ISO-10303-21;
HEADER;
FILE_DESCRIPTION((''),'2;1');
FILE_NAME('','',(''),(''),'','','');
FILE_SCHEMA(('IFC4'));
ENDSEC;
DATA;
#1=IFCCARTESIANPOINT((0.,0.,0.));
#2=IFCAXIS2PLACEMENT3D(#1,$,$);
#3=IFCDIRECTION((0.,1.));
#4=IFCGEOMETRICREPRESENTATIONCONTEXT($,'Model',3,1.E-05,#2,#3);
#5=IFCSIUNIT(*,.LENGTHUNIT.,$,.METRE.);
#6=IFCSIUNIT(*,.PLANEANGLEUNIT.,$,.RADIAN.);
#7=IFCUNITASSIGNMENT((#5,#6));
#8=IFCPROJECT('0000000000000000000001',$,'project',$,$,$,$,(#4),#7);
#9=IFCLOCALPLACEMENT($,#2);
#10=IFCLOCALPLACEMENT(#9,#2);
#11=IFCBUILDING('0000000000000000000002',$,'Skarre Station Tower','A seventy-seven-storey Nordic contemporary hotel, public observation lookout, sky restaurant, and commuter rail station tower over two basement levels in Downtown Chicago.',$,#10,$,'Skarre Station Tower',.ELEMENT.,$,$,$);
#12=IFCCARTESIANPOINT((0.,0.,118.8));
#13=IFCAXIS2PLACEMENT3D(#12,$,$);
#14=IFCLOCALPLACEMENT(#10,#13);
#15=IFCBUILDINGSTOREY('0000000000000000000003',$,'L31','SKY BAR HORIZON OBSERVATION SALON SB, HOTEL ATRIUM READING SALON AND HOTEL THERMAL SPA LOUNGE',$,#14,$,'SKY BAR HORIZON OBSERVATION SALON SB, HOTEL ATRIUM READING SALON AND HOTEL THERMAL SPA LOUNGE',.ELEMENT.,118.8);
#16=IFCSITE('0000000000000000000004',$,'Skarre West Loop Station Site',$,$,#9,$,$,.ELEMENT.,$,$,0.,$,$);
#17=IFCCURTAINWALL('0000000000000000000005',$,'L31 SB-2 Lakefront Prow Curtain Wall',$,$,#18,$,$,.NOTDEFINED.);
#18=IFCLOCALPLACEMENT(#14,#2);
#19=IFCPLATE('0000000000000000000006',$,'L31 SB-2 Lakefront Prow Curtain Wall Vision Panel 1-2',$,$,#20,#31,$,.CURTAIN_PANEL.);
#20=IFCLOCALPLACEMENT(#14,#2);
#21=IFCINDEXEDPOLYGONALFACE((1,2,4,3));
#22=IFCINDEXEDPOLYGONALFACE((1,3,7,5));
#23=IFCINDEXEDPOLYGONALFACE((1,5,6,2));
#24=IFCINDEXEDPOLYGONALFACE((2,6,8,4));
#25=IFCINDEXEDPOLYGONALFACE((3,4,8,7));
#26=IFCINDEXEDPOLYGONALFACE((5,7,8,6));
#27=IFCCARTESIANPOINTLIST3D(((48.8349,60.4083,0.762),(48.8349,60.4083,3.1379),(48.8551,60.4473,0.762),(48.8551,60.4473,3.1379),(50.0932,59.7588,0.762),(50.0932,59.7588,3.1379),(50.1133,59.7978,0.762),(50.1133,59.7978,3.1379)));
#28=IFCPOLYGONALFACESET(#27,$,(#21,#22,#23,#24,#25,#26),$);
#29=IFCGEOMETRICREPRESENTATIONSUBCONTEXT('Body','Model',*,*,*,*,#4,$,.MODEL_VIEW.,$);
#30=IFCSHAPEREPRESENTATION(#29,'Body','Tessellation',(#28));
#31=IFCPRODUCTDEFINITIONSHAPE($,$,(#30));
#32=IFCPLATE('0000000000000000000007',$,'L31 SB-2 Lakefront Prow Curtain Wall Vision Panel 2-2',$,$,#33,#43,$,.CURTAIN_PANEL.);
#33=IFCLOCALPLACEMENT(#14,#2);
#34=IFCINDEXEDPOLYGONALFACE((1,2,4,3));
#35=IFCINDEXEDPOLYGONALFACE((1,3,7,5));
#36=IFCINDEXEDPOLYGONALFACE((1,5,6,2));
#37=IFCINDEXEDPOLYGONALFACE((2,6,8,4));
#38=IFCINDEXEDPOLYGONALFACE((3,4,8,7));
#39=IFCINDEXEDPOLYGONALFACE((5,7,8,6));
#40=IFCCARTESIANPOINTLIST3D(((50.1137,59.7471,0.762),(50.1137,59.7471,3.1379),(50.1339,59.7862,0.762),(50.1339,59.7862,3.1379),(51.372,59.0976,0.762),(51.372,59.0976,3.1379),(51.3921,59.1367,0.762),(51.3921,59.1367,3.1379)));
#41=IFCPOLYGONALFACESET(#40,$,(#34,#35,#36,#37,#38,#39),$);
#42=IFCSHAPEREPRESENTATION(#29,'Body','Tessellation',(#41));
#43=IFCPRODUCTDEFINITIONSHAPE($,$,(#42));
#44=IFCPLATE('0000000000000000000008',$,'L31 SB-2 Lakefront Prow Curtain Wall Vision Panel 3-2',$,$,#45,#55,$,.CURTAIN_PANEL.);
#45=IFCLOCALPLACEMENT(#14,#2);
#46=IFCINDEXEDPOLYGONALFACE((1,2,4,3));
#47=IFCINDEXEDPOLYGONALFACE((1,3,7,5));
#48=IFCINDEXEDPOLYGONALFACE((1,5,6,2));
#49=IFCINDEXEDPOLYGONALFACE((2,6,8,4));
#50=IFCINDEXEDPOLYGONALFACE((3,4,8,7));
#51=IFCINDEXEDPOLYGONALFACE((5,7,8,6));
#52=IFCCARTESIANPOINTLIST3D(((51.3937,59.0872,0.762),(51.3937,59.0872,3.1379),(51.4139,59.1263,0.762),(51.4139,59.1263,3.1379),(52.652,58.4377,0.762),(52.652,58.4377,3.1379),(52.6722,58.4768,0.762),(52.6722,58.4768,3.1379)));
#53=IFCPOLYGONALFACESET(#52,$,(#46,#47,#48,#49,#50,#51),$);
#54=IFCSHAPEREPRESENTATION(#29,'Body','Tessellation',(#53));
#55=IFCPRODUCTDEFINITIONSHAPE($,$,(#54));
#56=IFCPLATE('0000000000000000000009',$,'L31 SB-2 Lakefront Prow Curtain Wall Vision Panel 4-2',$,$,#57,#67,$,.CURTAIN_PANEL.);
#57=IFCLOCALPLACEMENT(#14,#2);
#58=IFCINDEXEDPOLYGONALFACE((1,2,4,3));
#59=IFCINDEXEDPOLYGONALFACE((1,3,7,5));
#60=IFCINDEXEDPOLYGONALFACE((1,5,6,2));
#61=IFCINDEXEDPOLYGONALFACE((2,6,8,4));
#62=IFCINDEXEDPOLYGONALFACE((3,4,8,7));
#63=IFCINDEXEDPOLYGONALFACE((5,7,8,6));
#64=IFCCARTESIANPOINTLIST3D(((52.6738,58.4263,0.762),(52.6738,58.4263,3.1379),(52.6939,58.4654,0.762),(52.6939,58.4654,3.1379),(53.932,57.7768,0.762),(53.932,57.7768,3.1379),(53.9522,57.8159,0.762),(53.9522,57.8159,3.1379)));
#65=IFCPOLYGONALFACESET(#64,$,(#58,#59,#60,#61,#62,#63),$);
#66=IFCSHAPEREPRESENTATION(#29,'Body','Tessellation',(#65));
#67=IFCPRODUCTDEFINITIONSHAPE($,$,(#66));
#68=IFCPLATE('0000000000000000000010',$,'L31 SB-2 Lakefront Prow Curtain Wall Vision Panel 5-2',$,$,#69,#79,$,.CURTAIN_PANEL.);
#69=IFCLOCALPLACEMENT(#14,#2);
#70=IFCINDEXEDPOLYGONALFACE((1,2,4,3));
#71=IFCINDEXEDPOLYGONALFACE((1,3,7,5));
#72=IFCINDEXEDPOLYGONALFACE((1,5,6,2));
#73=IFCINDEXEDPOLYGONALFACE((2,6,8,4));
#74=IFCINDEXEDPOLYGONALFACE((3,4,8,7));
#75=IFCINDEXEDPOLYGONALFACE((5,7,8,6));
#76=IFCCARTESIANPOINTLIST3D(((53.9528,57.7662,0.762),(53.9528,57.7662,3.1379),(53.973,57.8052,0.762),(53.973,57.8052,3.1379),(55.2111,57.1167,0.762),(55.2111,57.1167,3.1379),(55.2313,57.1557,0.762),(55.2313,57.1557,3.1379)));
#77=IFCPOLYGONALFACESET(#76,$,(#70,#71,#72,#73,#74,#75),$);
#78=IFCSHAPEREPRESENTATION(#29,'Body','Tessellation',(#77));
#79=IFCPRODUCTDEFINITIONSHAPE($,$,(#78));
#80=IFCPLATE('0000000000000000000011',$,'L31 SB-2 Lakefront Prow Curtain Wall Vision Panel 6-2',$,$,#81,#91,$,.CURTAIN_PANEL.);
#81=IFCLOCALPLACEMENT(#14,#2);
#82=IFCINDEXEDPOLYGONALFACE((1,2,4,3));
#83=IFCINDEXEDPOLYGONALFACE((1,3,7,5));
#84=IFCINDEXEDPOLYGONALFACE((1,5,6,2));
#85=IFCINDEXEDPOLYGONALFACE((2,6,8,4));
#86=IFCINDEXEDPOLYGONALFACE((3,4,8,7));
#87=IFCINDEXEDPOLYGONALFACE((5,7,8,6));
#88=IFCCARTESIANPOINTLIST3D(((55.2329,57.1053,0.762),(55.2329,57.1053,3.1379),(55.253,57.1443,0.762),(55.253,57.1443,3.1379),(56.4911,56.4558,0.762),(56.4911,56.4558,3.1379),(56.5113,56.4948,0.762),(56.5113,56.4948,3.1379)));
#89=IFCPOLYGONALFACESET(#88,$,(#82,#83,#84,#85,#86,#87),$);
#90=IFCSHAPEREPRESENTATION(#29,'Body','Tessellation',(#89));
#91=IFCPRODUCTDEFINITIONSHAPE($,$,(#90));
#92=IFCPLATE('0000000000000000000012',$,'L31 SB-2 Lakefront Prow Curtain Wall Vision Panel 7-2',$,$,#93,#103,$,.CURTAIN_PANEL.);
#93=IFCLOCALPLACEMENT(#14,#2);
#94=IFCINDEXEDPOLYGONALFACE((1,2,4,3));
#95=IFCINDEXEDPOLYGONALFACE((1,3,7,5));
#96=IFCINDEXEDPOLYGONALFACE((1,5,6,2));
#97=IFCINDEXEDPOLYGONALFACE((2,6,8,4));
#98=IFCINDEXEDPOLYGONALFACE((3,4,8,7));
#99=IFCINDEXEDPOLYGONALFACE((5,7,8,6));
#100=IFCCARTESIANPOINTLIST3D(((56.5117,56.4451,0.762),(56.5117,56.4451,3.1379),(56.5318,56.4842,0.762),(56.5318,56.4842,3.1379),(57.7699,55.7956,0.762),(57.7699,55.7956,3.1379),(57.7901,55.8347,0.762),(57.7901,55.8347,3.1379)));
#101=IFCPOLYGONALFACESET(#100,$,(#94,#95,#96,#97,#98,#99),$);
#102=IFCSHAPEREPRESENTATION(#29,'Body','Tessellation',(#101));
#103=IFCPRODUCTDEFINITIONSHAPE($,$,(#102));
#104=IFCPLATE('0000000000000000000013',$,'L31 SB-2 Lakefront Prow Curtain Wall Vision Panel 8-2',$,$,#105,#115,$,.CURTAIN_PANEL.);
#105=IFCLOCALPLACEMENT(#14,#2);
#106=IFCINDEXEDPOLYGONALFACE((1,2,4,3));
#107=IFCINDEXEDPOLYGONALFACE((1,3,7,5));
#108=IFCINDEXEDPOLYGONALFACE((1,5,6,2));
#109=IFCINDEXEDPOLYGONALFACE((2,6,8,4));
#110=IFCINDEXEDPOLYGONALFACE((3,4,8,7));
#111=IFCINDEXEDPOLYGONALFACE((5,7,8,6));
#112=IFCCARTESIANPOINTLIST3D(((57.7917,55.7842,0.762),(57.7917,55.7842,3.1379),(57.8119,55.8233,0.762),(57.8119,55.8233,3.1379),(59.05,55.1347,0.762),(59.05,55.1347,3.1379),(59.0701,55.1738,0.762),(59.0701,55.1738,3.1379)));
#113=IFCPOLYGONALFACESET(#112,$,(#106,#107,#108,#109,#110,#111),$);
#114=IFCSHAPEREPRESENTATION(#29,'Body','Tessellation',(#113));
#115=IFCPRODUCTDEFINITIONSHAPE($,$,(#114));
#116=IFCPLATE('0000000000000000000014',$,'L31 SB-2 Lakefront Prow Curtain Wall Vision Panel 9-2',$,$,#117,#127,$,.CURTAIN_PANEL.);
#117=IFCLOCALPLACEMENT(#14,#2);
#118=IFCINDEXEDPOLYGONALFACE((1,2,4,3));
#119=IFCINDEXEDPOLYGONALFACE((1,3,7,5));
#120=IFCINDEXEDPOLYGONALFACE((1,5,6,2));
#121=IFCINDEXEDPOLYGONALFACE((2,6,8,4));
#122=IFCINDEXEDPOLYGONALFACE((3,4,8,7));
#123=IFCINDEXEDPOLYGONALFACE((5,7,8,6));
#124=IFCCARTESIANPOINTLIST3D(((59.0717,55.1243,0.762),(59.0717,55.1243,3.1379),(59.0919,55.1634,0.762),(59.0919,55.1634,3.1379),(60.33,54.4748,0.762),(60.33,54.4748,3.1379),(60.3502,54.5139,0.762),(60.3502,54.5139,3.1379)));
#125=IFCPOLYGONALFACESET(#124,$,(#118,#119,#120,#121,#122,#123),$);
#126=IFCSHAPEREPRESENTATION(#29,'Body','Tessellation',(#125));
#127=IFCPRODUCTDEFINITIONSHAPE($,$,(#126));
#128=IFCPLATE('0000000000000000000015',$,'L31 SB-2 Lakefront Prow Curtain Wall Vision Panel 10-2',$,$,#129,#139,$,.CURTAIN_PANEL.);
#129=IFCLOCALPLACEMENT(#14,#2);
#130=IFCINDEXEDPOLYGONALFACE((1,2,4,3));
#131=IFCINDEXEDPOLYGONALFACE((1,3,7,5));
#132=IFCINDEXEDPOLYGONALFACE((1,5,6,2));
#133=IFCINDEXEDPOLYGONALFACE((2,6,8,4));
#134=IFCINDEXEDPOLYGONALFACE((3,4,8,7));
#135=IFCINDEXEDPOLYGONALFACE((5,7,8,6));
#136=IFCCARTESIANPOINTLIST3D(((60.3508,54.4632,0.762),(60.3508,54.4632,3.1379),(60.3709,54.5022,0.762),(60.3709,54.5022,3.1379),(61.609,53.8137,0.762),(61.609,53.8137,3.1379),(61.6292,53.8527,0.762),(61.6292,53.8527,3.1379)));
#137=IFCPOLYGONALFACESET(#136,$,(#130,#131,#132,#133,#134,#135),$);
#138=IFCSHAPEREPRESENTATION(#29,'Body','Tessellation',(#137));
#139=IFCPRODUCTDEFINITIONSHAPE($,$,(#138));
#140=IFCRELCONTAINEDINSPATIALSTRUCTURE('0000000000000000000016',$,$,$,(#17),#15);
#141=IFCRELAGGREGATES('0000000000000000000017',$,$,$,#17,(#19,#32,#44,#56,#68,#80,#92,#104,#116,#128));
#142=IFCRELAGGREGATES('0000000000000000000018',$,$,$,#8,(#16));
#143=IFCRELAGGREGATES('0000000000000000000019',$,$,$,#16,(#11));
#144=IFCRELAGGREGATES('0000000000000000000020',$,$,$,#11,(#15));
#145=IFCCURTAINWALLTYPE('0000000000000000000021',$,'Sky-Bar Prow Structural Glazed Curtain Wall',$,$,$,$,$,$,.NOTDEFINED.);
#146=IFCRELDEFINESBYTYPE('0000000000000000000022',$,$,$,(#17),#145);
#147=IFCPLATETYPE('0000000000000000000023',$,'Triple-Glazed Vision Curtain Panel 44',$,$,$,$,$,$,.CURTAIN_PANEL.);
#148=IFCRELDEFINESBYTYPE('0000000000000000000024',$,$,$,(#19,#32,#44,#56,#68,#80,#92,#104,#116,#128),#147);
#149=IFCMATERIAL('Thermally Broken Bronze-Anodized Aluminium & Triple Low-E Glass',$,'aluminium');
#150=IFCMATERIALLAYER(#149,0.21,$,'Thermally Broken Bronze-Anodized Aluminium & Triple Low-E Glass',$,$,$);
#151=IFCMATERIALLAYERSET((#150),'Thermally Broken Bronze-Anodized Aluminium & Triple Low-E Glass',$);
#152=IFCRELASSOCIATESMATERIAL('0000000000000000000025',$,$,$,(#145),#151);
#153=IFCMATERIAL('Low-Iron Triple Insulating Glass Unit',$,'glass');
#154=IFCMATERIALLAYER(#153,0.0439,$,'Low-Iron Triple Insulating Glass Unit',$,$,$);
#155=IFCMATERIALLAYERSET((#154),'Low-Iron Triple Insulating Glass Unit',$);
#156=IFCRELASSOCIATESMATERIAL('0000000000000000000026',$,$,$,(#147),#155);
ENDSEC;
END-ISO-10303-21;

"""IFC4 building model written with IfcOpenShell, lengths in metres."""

from ifc_helpers import new_model, si_unit, direction, frame, origin, origin_2d, place, context, subcontext, project, spatial, rectangle, extrude, material, layer, layer_set, type_object, element, aggregate, save


model = new_model("IFC4")

# Units and contexts
model_context = context("Model", 3, precision=1e-05, world=origin(), true_north=direction((0.0, 1.0)))
body_context = subcontext(model_context, "Body", "Model", "MODEL_VIEW")
ifc_project = project(units=[si_unit("LENGTHUNIT", "METRE"), si_unit("PLANEANGLEUNIT", "RADIAN")], contexts=[model_context])

# Site, building, storey
site_placement = place(None, origin())
site = spatial("IfcSite", under=ifc_project, at=site_placement, Name="Skarre West Loop Station Site", CompositionType="ELEMENT", RefElevation=0.0)
building_placement = place(site_placement, origin())
building = spatial("IfcBuilding", under=site, at=building_placement, Name="Skarre Station Tower", Description="A seventy-seven-storey Nordic contemporary hotel, public observation lookout, sky restaurant, and commuter rail station tower over two basement levels in Downtown Chicago.", LongName="Skarre Station Tower", CompositionType="ELEMENT")
storey_placement = place(building_placement, frame((0.0, 0.0, 118.8)))
storey = spatial("IfcBuildingStorey", under=building, at=storey_placement, Name="L31", Description="SKY BAR HORIZON OBSERVATION SALON SB, HOTEL ATRIUM READING SALON AND HOTEL THERMAL SPA LOUNGE", LongName="SKY BAR HORIZON OBSERVATION SALON SB, HOTEL ATRIUM READING SALON AND HOTEL THERMAL SPA LOUNGE", CompositionType="ELEMENT", Elevation=118.8)

# Curtain wall, plates
ifc_material_1 = material(Name="Thermally Broken Bronze-Anodized Aluminium & Triple Low-E Glass", Category="aluminium")
ifc_layer_1 = layer(ifc_material_1, 0.21, Name="Thermally Broken Bronze-Anodized Aluminium & Triple Low-E Glass")
ifc_layer_set_1 = layer_set([ifc_layer_1], Name="Thermally Broken Bronze-Anodized Aluminium & Triple Low-E Glass")
curtain_wall_type = type_object("IfcCurtainWallType", Name="Sky-Bar Prow Structural Glazed Curtain Wall", PredefinedType="NOTDEFINED", material=ifc_layer_set_1)
curtain_wall_placement = place(storey_placement, origin())
curtain_wall = element("IfcCurtainWall", 1, at=curtain_wall_placement, inside=storey, type_object=curtain_wall_type, Name="L31 SB-2 Lakefront Prow Curtain Wall", PredefinedType="NOTDEFINED")
ifc_material_2 = material(Name="Low-Iron Triple Insulating Glass Unit", Category="glass")
ifc_layer_2 = layer(ifc_material_2, 0.0439, Name="Low-Iron Triple Insulating Glass Unit")
ifc_layer_set_2 = layer_set([ifc_layer_2], Name="Low-Iron Triple Insulating Glass Unit")
plate_type_1 = type_object("IfcPlateType", Name="Triple-Glazed Vision Curtain Panel 44", PredefinedType="CURTAIN_PANEL", material=ifc_layer_set_2)
plate_1_placement = place(storey_placement, frame((49.4741, 60.103, 0.762), z_axis=(0.0, 0.0, 1.0), x_axis=(0.888601, -0.458681, 0.0)))
plate_1 = element("IfcPlate", 2, at=plate_1_placement, type_object=plate_type_1, Name="L31 SB-2 Lakefront Prow Curtain Wall Vision Panel 1-2", PredefinedType="CURTAIN_PANEL", context=body_context, shape_type="SweptSolid", body=[
    extrude(rectangle(XDim=1.416, YDim=0.0439, at=origin_2d()), origin(), (0.0, 0.0, 1.0), 2.376),
])
plate_2_placement = place(storey_placement, frame((50.7529, 59.4419, 0.762), z_axis=(0.0, 0.0, 1.0), x_axis=(0.888601, -0.458681, 0.0)))
plate_2 = element("IfcPlate", 3, at=plate_2_placement, type_object=plate_type_1, Name="L31 SB-2 Lakefront Prow Curtain Wall Vision Panel 2-2", PredefinedType="CURTAIN_PANEL", context=body_context, shape_type="SweptSolid", body=[
    extrude(rectangle(XDim=1.416, YDim=0.0439, at=origin_2d()), origin(), (0.0, 0.0, 1.0), 2.376),
])
plate_3_placement = place(storey_placement, frame((52.033, 58.782, 0.762), z_axis=(0.0, 0.0, 1.0), x_axis=(0.888601, -0.458681, 0.0)))
plate_3 = element("IfcPlate", 4, at=plate_3_placement, type_object=plate_type_1, Name="L31 SB-2 Lakefront Prow Curtain Wall Vision Panel 3-2", PredefinedType="CURTAIN_PANEL", context=body_context, shape_type="SweptSolid", body=[
    extrude(rectangle(XDim=1.416, YDim=0.0439, at=origin_2d()), origin(), (0.0, 0.0, 1.0), 2.376),
])
plate_4_placement = place(storey_placement, frame((53.313, 58.1211, 0.762), z_axis=(0.0, 0.0, 1.0), x_axis=(0.888601, -0.458681, 0.0)))
plate_4 = element("IfcPlate", 5, at=plate_4_placement, type_object=plate_type_1, Name="L31 SB-2 Lakefront Prow Curtain Wall Vision Panel 4-2", PredefinedType="CURTAIN_PANEL", context=body_context, shape_type="SweptSolid", body=[
    extrude(rectangle(XDim=1.416, YDim=0.0439, at=origin_2d()), origin(), (0.0, 0.0, 1.0), 2.376),
])
plate_5_placement = place(storey_placement, frame((54.592, 57.4609, 0.762), z_axis=(0.0, 0.0, 1.0), x_axis=(0.888601, -0.458681, 0.0)))
plate_5 = element("IfcPlate", 6, at=plate_5_placement, type_object=plate_type_1, Name="L31 SB-2 Lakefront Prow Curtain Wall Vision Panel 5-2", PredefinedType="CURTAIN_PANEL", context=body_context, shape_type="SweptSolid", body=[
    extrude(rectangle(XDim=1.416, YDim=0.0439, at=origin_2d()), origin(), (0.0, 0.0, 1.0), 2.376),
])
plate_6_placement = place(storey_placement, frame((55.8721, 56.8, 0.762), z_axis=(0.0, 0.0, 1.0), x_axis=(0.888601, -0.458681, 0.0)))
plate_6 = element("IfcPlate", 7, at=plate_6_placement, type_object=plate_type_1, Name="L31 SB-2 Lakefront Prow Curtain Wall Vision Panel 6-2", PredefinedType="CURTAIN_PANEL", context=body_context, shape_type="SweptSolid", body=[
    extrude(rectangle(XDim=1.416, YDim=0.0439, at=origin_2d()), origin(), (0.0, 0.0, 1.0), 2.376),
])
plate_7_placement = place(storey_placement, frame((57.1509, 56.1399, 0.762), z_axis=(0.0, 0.0, 1.0), x_axis=(0.888601, -0.458681, 0.0)))
plate_7 = element("IfcPlate", 8, at=plate_7_placement, type_object=plate_type_1, Name="L31 SB-2 Lakefront Prow Curtain Wall Vision Panel 7-2", PredefinedType="CURTAIN_PANEL", context=body_context, shape_type="SweptSolid", body=[
    extrude(rectangle(XDim=1.416, YDim=0.0439, at=origin_2d()), origin(), (0.0, 0.0, 1.0), 2.376),
])
plate_8_placement = place(storey_placement, frame((58.4309, 55.479, 0.762), z_axis=(0.0, 0.0, 1.0), x_axis=(0.888601, -0.458681, 0.0)))
plate_8 = element("IfcPlate", 9, at=plate_8_placement, type_object=plate_type_1, Name="L31 SB-2 Lakefront Prow Curtain Wall Vision Panel 8-2", PredefinedType="CURTAIN_PANEL", context=body_context, shape_type="SweptSolid", body=[
    extrude(rectangle(XDim=1.416, YDim=0.0439, at=origin_2d()), origin(), (0.0, 0.0, 1.0), 2.376),
])
plate_9_placement = place(storey_placement, frame((59.7109, 54.8191, 0.762), z_axis=(0.0, 0.0, 1.0), x_axis=(0.888601, -0.458681, 0.0)))
plate_9 = element("IfcPlate", 10, at=plate_9_placement, type_object=plate_type_1, Name="L31 SB-2 Lakefront Prow Curtain Wall Vision Panel 9-2", PredefinedType="CURTAIN_PANEL", context=body_context, shape_type="SweptSolid", body=[
    extrude(rectangle(XDim=1.416, YDim=0.0439, at=origin_2d()), origin(), (0.0, 0.0, 1.0), 2.376),
])
plate_10_placement = place(storey_placement, frame((60.99, 54.158, 0.762), z_axis=(0.0, 0.0, 1.0), x_axis=(0.888601, -0.458681, 0.0)))
plate_10 = element("IfcPlate", 11, at=plate_10_placement, type_object=plate_type_1, Name="L31 SB-2 Lakefront Prow Curtain Wall Vision Panel 10-2", PredefinedType="CURTAIN_PANEL", context=body_context, shape_type="SweptSolid", body=[
    extrude(rectangle(XDim=1.416, YDim=0.0439, at=origin_2d()), origin(), (0.0, 0.0, 1.0), 2.376),
])
aggregate(curtain_wall, [plate_1, plate_2, plate_3, plate_4, plate_5, plate_6, plate_7, plate_8, plate_9, plate_10])

save(model, "model.ifc")
